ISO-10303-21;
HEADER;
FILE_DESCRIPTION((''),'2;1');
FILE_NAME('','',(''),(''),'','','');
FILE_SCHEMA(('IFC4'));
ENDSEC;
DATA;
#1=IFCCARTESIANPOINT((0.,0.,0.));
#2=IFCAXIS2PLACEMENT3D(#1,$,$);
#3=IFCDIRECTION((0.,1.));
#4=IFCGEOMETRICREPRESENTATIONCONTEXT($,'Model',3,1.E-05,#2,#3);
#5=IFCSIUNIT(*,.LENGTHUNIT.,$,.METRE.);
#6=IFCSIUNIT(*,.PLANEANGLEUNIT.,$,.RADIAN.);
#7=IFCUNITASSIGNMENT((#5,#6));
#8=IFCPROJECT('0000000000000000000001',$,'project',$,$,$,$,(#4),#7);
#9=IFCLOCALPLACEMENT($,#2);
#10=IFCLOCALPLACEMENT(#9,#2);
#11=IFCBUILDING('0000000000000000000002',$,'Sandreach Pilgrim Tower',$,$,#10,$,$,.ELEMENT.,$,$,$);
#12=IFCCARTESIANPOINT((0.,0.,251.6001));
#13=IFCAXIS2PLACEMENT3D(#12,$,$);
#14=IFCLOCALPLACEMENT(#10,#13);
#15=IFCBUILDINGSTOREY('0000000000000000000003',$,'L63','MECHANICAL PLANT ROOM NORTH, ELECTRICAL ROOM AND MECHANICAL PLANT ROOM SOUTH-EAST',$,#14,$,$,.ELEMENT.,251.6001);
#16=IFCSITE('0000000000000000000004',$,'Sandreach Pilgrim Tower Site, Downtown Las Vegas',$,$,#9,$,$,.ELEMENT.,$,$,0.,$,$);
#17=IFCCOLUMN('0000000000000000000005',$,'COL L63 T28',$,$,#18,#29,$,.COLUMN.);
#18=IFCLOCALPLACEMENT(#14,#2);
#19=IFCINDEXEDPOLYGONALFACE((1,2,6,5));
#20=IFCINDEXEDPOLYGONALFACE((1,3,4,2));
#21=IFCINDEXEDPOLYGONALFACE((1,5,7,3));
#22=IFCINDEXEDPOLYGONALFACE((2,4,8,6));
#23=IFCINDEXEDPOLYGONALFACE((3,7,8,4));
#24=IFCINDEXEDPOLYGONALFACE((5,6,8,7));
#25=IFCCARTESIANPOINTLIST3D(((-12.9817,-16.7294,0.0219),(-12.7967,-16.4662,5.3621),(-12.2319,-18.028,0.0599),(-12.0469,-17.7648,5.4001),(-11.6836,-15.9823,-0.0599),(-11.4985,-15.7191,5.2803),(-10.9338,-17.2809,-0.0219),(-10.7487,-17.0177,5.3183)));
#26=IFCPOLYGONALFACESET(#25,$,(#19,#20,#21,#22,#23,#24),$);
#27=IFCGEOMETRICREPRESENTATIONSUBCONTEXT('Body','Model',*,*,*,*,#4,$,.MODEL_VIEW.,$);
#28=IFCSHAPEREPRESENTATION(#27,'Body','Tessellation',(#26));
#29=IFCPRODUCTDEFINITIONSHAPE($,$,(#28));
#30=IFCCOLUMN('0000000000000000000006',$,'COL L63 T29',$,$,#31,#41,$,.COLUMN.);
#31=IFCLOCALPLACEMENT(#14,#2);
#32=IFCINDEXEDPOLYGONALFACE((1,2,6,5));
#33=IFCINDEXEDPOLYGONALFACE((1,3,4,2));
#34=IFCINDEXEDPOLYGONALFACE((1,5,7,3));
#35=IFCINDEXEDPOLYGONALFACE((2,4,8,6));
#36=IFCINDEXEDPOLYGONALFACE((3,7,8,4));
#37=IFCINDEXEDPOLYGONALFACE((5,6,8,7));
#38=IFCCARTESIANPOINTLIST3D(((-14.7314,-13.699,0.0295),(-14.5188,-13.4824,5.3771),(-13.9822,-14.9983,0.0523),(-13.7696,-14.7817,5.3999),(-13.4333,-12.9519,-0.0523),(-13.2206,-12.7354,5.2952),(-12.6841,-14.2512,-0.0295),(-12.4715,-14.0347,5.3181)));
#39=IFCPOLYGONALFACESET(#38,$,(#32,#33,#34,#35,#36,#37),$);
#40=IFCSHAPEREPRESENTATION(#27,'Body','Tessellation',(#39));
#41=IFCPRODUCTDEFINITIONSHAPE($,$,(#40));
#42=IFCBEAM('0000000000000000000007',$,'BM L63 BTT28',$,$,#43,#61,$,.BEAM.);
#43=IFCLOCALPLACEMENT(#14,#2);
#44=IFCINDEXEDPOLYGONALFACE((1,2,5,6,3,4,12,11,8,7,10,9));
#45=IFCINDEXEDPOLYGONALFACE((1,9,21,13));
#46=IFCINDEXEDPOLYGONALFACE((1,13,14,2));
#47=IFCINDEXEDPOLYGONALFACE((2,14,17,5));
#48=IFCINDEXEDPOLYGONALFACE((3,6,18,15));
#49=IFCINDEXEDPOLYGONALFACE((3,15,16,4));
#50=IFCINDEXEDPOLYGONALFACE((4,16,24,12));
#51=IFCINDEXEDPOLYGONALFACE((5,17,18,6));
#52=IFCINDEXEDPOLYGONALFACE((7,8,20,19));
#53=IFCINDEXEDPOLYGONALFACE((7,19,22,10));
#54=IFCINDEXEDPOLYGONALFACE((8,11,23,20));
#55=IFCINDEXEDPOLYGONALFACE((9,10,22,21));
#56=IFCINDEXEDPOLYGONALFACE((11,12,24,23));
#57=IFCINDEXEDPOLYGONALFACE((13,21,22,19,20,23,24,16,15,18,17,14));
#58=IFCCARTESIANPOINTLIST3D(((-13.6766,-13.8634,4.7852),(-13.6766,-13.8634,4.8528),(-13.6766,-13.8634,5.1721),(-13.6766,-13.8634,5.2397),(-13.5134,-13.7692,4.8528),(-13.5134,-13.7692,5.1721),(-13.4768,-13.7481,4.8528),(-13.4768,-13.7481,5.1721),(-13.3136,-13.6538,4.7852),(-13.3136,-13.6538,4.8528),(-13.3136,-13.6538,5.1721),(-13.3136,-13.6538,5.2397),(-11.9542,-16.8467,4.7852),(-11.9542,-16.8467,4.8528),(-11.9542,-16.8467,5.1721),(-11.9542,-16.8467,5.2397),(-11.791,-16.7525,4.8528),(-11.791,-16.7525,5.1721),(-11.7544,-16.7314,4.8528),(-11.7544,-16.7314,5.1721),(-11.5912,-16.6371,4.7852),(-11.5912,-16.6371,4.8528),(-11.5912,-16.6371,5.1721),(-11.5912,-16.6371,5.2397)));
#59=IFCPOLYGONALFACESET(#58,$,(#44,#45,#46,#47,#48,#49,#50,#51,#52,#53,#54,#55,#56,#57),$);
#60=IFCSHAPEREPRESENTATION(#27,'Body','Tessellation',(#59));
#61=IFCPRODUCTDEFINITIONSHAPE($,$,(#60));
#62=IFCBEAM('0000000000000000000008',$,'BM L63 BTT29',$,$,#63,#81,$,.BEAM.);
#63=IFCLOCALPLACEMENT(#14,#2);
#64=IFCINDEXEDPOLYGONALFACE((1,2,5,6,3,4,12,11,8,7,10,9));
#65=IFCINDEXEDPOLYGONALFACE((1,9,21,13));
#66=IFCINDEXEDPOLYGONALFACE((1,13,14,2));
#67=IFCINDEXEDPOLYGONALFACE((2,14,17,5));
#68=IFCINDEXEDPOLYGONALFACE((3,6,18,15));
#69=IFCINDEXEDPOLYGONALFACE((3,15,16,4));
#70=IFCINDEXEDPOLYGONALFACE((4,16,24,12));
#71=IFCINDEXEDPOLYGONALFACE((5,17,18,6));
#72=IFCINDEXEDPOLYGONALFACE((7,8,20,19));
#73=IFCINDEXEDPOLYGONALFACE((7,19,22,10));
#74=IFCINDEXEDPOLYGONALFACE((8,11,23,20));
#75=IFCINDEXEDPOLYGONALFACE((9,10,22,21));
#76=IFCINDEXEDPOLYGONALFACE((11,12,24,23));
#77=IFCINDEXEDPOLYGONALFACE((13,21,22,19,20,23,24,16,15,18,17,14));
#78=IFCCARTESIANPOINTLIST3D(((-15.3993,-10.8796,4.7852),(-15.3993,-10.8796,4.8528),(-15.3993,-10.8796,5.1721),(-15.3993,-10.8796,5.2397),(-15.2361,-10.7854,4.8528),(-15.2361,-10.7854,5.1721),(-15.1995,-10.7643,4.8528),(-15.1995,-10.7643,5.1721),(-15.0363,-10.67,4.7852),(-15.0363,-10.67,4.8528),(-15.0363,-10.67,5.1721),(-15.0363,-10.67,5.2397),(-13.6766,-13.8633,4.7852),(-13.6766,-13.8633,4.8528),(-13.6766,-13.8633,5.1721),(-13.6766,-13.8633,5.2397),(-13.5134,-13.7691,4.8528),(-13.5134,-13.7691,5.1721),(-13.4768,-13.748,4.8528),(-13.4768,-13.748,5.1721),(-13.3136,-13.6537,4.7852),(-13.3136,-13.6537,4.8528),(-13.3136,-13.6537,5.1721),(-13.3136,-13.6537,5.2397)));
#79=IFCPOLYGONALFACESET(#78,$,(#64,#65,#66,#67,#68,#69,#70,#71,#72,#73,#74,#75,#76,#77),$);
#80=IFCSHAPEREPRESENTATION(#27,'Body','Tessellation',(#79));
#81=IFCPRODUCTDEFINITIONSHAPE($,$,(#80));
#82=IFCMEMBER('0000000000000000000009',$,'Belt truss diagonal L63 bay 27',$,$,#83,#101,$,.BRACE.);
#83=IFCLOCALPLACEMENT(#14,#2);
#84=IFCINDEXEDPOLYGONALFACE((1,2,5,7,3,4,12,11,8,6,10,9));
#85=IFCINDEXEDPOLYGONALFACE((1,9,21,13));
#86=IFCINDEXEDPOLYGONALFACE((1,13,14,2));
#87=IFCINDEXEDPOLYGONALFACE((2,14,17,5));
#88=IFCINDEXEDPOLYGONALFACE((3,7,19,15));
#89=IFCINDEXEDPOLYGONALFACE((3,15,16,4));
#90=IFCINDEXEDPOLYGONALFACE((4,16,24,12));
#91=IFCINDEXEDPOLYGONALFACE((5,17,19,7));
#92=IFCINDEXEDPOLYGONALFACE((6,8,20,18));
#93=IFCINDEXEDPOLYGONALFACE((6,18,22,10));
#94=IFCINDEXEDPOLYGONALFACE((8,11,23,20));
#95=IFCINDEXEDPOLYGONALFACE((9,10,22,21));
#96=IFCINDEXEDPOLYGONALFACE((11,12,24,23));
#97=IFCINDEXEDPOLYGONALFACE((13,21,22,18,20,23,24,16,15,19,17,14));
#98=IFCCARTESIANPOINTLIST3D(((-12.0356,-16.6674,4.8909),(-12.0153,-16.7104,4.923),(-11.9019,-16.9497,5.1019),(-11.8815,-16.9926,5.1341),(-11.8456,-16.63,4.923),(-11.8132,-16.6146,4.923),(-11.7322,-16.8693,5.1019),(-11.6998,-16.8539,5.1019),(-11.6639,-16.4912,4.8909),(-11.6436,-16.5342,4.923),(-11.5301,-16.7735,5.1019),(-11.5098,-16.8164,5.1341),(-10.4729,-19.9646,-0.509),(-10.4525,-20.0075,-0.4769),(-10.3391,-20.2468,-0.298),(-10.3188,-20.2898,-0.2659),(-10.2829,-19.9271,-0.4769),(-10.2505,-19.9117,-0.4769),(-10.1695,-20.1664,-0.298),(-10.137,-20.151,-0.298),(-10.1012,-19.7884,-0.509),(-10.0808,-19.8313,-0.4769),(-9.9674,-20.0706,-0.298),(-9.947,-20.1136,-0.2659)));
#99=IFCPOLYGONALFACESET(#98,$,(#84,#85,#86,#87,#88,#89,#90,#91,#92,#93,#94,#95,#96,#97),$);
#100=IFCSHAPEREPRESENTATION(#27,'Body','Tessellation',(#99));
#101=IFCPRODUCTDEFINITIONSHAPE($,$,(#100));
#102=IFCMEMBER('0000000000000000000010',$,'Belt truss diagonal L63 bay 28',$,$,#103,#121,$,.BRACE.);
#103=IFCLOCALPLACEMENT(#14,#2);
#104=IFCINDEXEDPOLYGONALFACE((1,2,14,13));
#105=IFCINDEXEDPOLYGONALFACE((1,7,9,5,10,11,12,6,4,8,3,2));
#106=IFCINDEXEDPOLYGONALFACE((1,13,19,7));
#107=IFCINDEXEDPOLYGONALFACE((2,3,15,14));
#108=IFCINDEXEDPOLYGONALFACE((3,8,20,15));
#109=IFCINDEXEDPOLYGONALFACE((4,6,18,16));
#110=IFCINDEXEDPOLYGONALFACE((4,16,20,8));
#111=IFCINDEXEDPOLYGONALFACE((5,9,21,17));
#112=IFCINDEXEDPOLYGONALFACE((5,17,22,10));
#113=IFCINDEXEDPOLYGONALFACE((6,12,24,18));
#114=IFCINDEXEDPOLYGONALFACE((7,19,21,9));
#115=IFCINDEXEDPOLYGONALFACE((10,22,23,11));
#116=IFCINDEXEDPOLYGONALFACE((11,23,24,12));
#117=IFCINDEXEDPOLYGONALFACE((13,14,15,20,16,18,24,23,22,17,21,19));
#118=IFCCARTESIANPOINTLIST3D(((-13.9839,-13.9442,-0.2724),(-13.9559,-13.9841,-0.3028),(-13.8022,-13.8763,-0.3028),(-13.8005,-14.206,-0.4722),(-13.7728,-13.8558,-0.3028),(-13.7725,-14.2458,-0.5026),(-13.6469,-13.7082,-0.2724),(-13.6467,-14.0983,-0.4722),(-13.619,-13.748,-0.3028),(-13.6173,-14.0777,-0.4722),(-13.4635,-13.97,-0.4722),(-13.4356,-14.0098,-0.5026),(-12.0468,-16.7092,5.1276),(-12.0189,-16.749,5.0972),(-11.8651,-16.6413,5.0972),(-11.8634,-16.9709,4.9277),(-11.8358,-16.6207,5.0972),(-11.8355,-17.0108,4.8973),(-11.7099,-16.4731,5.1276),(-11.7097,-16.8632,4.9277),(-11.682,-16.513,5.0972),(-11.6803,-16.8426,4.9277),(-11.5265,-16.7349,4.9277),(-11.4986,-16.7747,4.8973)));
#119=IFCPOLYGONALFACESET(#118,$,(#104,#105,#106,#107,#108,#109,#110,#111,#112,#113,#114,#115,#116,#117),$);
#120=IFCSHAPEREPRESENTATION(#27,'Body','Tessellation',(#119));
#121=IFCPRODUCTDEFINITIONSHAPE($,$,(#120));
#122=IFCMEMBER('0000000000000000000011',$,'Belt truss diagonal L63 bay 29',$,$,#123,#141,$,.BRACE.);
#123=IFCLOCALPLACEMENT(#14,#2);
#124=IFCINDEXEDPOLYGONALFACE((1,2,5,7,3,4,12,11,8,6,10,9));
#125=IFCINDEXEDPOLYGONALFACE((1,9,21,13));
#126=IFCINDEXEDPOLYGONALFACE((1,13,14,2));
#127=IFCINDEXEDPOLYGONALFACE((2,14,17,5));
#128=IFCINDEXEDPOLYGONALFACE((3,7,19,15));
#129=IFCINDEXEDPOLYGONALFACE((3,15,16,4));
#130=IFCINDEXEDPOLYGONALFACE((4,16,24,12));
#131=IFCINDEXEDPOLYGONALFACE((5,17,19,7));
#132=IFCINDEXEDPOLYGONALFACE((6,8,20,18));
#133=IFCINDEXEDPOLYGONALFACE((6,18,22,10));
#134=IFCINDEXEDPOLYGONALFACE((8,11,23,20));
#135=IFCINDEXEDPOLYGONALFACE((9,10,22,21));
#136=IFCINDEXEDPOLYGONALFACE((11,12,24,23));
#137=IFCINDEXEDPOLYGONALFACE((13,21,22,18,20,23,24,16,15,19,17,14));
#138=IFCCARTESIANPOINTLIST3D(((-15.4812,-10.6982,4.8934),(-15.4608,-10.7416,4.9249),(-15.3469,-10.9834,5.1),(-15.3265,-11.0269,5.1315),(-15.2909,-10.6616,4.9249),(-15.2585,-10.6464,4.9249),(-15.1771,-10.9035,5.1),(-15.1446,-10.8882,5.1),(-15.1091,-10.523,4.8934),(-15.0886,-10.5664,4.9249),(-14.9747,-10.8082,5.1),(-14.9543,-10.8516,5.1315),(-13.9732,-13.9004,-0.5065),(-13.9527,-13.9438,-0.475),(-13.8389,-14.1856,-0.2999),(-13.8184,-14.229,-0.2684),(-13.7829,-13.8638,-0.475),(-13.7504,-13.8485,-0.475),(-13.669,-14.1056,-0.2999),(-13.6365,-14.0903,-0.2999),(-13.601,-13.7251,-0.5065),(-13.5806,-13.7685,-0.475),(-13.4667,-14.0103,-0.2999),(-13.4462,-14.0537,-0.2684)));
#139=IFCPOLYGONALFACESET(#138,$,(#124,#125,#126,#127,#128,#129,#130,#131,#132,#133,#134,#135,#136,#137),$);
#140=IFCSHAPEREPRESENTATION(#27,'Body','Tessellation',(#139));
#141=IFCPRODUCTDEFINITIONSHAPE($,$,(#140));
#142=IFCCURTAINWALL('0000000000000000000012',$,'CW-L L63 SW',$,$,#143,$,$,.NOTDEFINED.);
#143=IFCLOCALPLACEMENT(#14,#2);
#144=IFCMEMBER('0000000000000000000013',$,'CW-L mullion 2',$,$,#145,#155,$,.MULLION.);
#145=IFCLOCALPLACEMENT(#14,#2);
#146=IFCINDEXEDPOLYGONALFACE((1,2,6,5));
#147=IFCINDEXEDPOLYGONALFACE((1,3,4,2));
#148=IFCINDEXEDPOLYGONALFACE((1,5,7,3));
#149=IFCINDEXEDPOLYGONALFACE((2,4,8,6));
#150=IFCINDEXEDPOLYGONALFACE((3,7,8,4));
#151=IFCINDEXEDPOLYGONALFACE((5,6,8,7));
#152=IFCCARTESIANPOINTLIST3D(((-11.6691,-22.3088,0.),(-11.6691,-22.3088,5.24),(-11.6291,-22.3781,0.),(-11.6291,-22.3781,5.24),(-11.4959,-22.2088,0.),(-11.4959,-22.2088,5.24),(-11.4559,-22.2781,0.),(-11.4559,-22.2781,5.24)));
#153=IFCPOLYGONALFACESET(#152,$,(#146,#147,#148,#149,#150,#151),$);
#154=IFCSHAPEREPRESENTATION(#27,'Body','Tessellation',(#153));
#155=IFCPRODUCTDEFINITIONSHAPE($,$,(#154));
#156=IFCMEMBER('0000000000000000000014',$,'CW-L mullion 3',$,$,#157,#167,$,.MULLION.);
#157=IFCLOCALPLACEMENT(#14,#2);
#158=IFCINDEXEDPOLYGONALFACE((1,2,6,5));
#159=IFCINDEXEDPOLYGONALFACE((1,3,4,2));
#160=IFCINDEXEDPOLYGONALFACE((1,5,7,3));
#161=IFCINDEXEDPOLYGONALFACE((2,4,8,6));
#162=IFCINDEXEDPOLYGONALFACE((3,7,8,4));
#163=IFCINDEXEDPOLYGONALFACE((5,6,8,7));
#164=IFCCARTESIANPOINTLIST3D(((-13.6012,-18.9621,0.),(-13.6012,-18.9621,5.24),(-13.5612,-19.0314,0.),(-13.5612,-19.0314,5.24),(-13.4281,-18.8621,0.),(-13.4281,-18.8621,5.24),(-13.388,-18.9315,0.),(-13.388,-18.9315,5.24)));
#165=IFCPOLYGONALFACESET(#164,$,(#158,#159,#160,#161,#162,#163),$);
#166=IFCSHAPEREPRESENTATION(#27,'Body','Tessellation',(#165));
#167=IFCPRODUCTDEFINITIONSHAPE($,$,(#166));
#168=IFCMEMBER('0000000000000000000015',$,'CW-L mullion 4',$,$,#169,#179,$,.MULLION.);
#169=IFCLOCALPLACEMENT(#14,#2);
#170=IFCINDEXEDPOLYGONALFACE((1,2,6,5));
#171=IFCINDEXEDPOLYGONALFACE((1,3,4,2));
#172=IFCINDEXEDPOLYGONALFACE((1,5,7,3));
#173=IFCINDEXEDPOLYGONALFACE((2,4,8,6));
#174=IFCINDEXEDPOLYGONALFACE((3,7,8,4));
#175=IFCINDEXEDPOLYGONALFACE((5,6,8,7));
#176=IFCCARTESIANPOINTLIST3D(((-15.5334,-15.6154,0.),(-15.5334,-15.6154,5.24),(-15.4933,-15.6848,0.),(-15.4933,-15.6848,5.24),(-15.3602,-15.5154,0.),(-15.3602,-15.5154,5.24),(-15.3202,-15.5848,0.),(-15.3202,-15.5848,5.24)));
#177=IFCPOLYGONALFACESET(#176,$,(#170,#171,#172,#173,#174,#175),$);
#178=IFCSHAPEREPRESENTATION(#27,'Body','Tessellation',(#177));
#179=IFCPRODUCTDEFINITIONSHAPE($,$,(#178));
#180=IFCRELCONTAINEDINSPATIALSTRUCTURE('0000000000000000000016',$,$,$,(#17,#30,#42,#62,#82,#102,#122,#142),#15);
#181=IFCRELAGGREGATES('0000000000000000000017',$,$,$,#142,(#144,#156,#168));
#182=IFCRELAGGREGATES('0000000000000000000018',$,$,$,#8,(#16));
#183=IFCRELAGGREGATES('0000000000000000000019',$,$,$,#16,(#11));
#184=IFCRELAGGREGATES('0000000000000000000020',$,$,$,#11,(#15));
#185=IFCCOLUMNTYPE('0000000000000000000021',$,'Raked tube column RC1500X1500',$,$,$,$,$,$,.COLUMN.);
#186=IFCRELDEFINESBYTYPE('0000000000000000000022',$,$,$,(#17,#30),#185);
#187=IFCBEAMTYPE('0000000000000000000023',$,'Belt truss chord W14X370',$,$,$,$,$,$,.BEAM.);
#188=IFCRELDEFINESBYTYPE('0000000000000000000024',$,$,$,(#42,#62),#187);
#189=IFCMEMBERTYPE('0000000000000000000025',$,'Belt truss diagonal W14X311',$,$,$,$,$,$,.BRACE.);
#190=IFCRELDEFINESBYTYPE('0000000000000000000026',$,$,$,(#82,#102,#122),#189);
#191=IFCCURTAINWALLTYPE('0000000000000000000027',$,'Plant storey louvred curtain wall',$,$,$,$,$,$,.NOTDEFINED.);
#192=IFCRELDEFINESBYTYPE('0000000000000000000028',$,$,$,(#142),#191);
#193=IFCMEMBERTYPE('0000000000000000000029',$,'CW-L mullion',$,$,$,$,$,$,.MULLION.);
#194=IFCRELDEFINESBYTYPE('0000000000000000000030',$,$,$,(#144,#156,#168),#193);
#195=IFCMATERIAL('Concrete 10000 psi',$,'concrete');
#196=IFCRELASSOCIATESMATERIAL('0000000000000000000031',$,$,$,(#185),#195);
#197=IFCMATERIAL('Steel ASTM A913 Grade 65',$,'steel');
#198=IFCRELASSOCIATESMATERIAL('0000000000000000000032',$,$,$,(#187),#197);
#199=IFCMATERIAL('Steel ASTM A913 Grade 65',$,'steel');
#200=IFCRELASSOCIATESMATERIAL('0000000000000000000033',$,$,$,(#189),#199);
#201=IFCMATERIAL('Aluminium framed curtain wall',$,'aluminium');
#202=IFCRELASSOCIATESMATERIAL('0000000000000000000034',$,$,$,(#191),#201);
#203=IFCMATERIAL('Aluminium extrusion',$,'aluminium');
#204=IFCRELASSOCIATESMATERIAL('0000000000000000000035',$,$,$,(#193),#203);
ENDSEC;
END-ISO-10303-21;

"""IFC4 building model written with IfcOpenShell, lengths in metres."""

from ifc_helpers import new_model, si_unit, direction, frame, origin, origin_2d, place, context, subcontext, project, spatial, rectangle, i_section, extrude, material, material_profile, profile_set, type_object, element, aggregate, save


model = new_model("IFC4")

# Units and contexts
model_context = context("Model", 3, precision=1e-05, world=origin(), true_north=direction((0.0, 1.0)))
body_context = subcontext(model_context, "Body", "Model", "MODEL_VIEW")
ifc_project = project(units=[si_unit("LENGTHUNIT", "METRE"), si_unit("PLANEANGLEUNIT", "RADIAN")], contexts=[model_context])

# Site, building, storey
site_placement = place(None, origin())
site = spatial("IfcSite", under=ifc_project, at=site_placement, Name="Sandreach Pilgrim Tower Site, Downtown Las Vegas", CompositionType="ELEMENT", RefElevation=0.0)
building_placement = place(site_placement, origin())
building = spatial("IfcBuilding", under=site, at=building_placement, Name="Sandreach Pilgrim Tower", CompositionType="ELEMENT")
storey_placement = place(building_placement, frame((0.0, 0.0, 251.6001)))
storey = spatial("IfcBuildingStorey", under=building, at=storey_placement, Name="L63", Description="MECHANICAL PLANT ROOM NORTH, ELECTRICAL ROOM AND MECHANICAL PLANT ROOM SOUTH-EAST", CompositionType="ELEMENT", Elevation=251.6001)

# Columns
ifc_material_1 = material(Name="Concrete 10000 psi", Category="concrete")
ifc_material_profile_1 = material_profile(ifc_material_1, rectangle(XDim=1.5, YDim=1.5, at=origin_2d()), Name="RC1500X1500")
ifc_profile_set_1 = profile_set([ifc_material_profile_1], Name="Concrete 10000 psi")
column_type = type_object("IfcColumnType", Name="Raked tube column RC1500X1500", PredefinedType="COLUMN", material=ifc_profile_set_1)
column_1_placement = place(storey_placement, frame((-11.9578, -17.0051, 0.0), z_axis=(0.034592, 0.049195, 0.99819), x_axis=(-0.865416, -0.498078, 0.054538)))
element("IfcColumn", 1, at=column_1_placement, inside=storey, type_object=column_type, Name="COL L63 T28", PredefinedType="COLUMN", context=body_context, shape_type="SweptSolid", body=[
    extrude(rectangle(XDim=1.5, YDim=1.5, at=origin_2d()), origin(), (0.0, 0.0, 1.0), 5.3499),
])
column_2_placement = place(storey_placement, frame((-13.7078, -13.9751, 0.0), z_axis=(0.039701, 0.04043, 0.998393), x_axis=(-0.865426, -0.498054, 0.054582)))
element("IfcColumn", 2, at=column_2_placement, inside=storey, type_object=column_type, Name="COL L63 T29", PredefinedType="COLUMN", context=body_context, shape_type="SweptSolid", body=[
    extrude(rectangle(XDim=1.5, YDim=1.5, at=origin_2d()), origin(), (0.0, 0.0, 1.0), 5.3562),
])

# Beams
ifc_material_2 = material(Name="Steel ASTM A913 Grade 65", Category="steel")
ifc_material_profile_2 = material_profile(ifc_material_2, i_section(OverallWidth=0.4192, OverallDepth=0.4546, WebThickness=0.0422, FlangeThickness=0.0676, at=origin_2d()), Name="W14X370")
ifc_profile_set_2 = profile_set([ifc_material_profile_2], Name="Steel ASTM A913 Grade 65")
beam_type_1 = type_object("IfcBeamType", Name="Belt truss chord W14X370", PredefinedType="BEAM", material=ifc_profile_set_2)
beam_1_placement = place(storey_placement, frame((-11.7727, -16.7419, 5.0125), z_axis=(-0.499988, 0.866032, 0.0), x_axis=(-0.866032, -0.499988, 0.0)))
element("IfcBeam", 3, at=beam_1_placement, inside=storey, type_object=beam_type_1, Name="BM L63 BTT28", PredefinedType="BEAM", context=body_context, shape_type="SweptSolid", body=[
    extrude(i_section(OverallWidth=0.4192, OverallDepth=0.4546, WebThickness=0.0422, FlangeThickness=0.0676, at=origin_2d()), origin(), (0.0, 0.0, 1.0), 3.4448),
])
beam_2_placement = place(storey_placement, frame((-13.4951, -13.7585, 5.0125), z_axis=(-0.500011, 0.866019, 0.0), x_axis=(-0.866019, -0.500011, 0.0)))
element("IfcBeam", 4, at=beam_2_placement, inside=storey, type_object=beam_type_1, Name="BM L63 BTT29", PredefinedType="BEAM", context=body_context, shape_type="SweptSolid", body=[
    extrude(i_section(OverallWidth=0.4192, OverallDepth=0.4546, WebThickness=0.0422, FlangeThickness=0.0676, at=origin_2d()), origin(), (0.0, 0.0, 1.0), 3.4453),
])

# Members
ifc_material_3 = material(Name="Steel ASTM A913 Grade 65", Category="steel")
ifc_material_profile_3 = material_profile(ifc_material_3, i_section(OverallWidth=0.4114, OverallDepth=0.4343, WebThickness=0.0359, FlangeThickness=0.0574, at=origin_2d()), Name="W14X311")
ifc_profile_set_3 = profile_set([ifc_material_profile_3], Name="Steel ASTM A913 Grade 65")
member_type_1 = type_object("IfcMemberType", Name="Belt truss diagonal W14X311", PredefinedType="BRACE", material=ifc_profile_set_3)
member_1_placement = place(storey_placement, frame((-10.21, -20.0391, -0.3875), z_axis=(-0.239793, 0.505921, 0.828579), x_axis=(-0.903637, -0.428299, 0.0)))
element("IfcMember", 5, at=member_1_placement, inside=storey, type_object=member_type_1, Name="Belt truss diagonal L63 bay 27", PredefinedType="BRACE", context=body_context, shape_type="SweptSolid", body=[
    extrude(i_section(OverallWidth=0.4114, OverallDepth=0.4343, WebThickness=0.0359, FlangeThickness=0.0574, at=origin_2d()), origin(), (0.0, 0.0, 1.0), 6.5171),
])
member_2_placement = place(storey_placement, frame((-11.7727, -16.7419, 5.0125), z_axis=(-0.304163, 0.434163, -0.847931), x_axis=(-0.819011, -0.573778, 0.0)))
element("IfcMember", 6, at=member_2_placement, inside=storey, type_object=member_type_1, Name="Belt truss diagonal L63 bay 28", PredefinedType="BRACE", context=body_context, shape_type="SweptSolid", body=[
    extrude(i_section(OverallWidth=0.4114, OverallDepth=0.4343, WebThickness=0.0359, FlangeThickness=0.0574, at=origin_2d()), origin(), (0.0, 0.0, 1.0), 6.3684),
])
member_3_placement = place(storey_placement, frame((-13.7097, -13.9771, -0.3875), z_axis=(-0.23357, 0.495954, 0.836346), x_axis=(-0.904692, -0.426066, 0.0)))
element("IfcMember", 7, at=member_3_placement, inside=storey, type_object=member_type_1, Name="Belt truss diagonal L63 bay 29", PredefinedType="BRACE", context=body_context, shape_type="SweptSolid", body=[
    extrude(i_section(OverallWidth=0.4114, OverallDepth=0.4343, WebThickness=0.0359, FlangeThickness=0.0574, at=origin_2d()), origin(), (0.0, 0.0, 1.0), 6.4565),
])

# Curtain wall, members
ifc_material_4 = material(Name="Aluminium framed curtain wall", Category="aluminium")
curtain_wall_type = type_object("IfcCurtainWallType", Name="Plant storey louvred curtain wall", PredefinedType="NOTDEFINED", material=ifc_material_4)
curtain_wall_placement = place(storey_placement, origin())
curtain_wall = element("IfcCurtainWall", 8, at=curtain_wall_placement, inside=storey, type_object=curtain_wall_type, Name="CW-L L63 SW", PredefinedType="NOTDEFINED")
ifc_material_5 = material(Name="Aluminium extrusion", Category="aluminium")
ifc_material_profile_4 = material_profile(ifc_material_5, rectangle(XDim=0.0801, YDim=0.2, at=origin_2d()), Name="CW-LM 80X200")
ifc_profile_set_4 = profile_set([ifc_material_profile_4], Name="Aluminium extrusion")
member_type_2 = type_object("IfcMemberType", Name="CW-L mullion", PredefinedType="MULLION", material=ifc_profile_set_4)
member_4_placement = place(storey_placement, frame((-11.5625, -22.2935, 0.0), z_axis=(0.0, 0.0, 1.0), x_axis=(-0.5, 0.866025, 0.0)))
member_4 = element("IfcMember", 9, at=member_4_placement, type_object=member_type_2, Name="CW-L mullion 2", PredefinedType="MULLION", context=body_context, shape_type="SweptSolid", body=[
    extrude(rectangle(XDim=0.0801, YDim=0.2, at=origin_2d()), origin(), (0.0, 0.0, 1.0), 5.24),
])
member_5_placement = place(storey_placement, frame((-13.4946, -18.9468, 0.0), z_axis=(0.0, 0.0, 1.0), x_axis=(-0.5, 0.866025, 0.0)))
member_5 = element("IfcMember", 10, at=member_5_placement, type_object=member_type_2, Name="CW-L mullion 3", PredefinedType="MULLION", context=body_context, shape_type="SweptSolid", body=[
    extrude(rectangle(XDim=0.0801, YDim=0.2, at=origin_2d()), origin(), (0.0, 0.0, 1.0), 5.24),
])
member_6_placement = place(storey_placement, frame((-15.4268, -15.6001, 0.0), z_axis=(0.0, 0.0, 1.0), x_axis=(-0.5, 0.866025, 0.0)))
member_6 = element("IfcMember", 11, at=member_6_placement, type_object=member_type_2, Name="CW-L mullion 4", PredefinedType="MULLION", context=body_context, shape_type="SweptSolid", body=[
    extrude(rectangle(XDim=0.0801, YDim=0.2, at=origin_2d()), origin(), (0.0, 0.0, 1.0), 5.24),
])

aggregate(curtain_wall, [member_4, member_5, member_6])

save(model, "model.ifc")
